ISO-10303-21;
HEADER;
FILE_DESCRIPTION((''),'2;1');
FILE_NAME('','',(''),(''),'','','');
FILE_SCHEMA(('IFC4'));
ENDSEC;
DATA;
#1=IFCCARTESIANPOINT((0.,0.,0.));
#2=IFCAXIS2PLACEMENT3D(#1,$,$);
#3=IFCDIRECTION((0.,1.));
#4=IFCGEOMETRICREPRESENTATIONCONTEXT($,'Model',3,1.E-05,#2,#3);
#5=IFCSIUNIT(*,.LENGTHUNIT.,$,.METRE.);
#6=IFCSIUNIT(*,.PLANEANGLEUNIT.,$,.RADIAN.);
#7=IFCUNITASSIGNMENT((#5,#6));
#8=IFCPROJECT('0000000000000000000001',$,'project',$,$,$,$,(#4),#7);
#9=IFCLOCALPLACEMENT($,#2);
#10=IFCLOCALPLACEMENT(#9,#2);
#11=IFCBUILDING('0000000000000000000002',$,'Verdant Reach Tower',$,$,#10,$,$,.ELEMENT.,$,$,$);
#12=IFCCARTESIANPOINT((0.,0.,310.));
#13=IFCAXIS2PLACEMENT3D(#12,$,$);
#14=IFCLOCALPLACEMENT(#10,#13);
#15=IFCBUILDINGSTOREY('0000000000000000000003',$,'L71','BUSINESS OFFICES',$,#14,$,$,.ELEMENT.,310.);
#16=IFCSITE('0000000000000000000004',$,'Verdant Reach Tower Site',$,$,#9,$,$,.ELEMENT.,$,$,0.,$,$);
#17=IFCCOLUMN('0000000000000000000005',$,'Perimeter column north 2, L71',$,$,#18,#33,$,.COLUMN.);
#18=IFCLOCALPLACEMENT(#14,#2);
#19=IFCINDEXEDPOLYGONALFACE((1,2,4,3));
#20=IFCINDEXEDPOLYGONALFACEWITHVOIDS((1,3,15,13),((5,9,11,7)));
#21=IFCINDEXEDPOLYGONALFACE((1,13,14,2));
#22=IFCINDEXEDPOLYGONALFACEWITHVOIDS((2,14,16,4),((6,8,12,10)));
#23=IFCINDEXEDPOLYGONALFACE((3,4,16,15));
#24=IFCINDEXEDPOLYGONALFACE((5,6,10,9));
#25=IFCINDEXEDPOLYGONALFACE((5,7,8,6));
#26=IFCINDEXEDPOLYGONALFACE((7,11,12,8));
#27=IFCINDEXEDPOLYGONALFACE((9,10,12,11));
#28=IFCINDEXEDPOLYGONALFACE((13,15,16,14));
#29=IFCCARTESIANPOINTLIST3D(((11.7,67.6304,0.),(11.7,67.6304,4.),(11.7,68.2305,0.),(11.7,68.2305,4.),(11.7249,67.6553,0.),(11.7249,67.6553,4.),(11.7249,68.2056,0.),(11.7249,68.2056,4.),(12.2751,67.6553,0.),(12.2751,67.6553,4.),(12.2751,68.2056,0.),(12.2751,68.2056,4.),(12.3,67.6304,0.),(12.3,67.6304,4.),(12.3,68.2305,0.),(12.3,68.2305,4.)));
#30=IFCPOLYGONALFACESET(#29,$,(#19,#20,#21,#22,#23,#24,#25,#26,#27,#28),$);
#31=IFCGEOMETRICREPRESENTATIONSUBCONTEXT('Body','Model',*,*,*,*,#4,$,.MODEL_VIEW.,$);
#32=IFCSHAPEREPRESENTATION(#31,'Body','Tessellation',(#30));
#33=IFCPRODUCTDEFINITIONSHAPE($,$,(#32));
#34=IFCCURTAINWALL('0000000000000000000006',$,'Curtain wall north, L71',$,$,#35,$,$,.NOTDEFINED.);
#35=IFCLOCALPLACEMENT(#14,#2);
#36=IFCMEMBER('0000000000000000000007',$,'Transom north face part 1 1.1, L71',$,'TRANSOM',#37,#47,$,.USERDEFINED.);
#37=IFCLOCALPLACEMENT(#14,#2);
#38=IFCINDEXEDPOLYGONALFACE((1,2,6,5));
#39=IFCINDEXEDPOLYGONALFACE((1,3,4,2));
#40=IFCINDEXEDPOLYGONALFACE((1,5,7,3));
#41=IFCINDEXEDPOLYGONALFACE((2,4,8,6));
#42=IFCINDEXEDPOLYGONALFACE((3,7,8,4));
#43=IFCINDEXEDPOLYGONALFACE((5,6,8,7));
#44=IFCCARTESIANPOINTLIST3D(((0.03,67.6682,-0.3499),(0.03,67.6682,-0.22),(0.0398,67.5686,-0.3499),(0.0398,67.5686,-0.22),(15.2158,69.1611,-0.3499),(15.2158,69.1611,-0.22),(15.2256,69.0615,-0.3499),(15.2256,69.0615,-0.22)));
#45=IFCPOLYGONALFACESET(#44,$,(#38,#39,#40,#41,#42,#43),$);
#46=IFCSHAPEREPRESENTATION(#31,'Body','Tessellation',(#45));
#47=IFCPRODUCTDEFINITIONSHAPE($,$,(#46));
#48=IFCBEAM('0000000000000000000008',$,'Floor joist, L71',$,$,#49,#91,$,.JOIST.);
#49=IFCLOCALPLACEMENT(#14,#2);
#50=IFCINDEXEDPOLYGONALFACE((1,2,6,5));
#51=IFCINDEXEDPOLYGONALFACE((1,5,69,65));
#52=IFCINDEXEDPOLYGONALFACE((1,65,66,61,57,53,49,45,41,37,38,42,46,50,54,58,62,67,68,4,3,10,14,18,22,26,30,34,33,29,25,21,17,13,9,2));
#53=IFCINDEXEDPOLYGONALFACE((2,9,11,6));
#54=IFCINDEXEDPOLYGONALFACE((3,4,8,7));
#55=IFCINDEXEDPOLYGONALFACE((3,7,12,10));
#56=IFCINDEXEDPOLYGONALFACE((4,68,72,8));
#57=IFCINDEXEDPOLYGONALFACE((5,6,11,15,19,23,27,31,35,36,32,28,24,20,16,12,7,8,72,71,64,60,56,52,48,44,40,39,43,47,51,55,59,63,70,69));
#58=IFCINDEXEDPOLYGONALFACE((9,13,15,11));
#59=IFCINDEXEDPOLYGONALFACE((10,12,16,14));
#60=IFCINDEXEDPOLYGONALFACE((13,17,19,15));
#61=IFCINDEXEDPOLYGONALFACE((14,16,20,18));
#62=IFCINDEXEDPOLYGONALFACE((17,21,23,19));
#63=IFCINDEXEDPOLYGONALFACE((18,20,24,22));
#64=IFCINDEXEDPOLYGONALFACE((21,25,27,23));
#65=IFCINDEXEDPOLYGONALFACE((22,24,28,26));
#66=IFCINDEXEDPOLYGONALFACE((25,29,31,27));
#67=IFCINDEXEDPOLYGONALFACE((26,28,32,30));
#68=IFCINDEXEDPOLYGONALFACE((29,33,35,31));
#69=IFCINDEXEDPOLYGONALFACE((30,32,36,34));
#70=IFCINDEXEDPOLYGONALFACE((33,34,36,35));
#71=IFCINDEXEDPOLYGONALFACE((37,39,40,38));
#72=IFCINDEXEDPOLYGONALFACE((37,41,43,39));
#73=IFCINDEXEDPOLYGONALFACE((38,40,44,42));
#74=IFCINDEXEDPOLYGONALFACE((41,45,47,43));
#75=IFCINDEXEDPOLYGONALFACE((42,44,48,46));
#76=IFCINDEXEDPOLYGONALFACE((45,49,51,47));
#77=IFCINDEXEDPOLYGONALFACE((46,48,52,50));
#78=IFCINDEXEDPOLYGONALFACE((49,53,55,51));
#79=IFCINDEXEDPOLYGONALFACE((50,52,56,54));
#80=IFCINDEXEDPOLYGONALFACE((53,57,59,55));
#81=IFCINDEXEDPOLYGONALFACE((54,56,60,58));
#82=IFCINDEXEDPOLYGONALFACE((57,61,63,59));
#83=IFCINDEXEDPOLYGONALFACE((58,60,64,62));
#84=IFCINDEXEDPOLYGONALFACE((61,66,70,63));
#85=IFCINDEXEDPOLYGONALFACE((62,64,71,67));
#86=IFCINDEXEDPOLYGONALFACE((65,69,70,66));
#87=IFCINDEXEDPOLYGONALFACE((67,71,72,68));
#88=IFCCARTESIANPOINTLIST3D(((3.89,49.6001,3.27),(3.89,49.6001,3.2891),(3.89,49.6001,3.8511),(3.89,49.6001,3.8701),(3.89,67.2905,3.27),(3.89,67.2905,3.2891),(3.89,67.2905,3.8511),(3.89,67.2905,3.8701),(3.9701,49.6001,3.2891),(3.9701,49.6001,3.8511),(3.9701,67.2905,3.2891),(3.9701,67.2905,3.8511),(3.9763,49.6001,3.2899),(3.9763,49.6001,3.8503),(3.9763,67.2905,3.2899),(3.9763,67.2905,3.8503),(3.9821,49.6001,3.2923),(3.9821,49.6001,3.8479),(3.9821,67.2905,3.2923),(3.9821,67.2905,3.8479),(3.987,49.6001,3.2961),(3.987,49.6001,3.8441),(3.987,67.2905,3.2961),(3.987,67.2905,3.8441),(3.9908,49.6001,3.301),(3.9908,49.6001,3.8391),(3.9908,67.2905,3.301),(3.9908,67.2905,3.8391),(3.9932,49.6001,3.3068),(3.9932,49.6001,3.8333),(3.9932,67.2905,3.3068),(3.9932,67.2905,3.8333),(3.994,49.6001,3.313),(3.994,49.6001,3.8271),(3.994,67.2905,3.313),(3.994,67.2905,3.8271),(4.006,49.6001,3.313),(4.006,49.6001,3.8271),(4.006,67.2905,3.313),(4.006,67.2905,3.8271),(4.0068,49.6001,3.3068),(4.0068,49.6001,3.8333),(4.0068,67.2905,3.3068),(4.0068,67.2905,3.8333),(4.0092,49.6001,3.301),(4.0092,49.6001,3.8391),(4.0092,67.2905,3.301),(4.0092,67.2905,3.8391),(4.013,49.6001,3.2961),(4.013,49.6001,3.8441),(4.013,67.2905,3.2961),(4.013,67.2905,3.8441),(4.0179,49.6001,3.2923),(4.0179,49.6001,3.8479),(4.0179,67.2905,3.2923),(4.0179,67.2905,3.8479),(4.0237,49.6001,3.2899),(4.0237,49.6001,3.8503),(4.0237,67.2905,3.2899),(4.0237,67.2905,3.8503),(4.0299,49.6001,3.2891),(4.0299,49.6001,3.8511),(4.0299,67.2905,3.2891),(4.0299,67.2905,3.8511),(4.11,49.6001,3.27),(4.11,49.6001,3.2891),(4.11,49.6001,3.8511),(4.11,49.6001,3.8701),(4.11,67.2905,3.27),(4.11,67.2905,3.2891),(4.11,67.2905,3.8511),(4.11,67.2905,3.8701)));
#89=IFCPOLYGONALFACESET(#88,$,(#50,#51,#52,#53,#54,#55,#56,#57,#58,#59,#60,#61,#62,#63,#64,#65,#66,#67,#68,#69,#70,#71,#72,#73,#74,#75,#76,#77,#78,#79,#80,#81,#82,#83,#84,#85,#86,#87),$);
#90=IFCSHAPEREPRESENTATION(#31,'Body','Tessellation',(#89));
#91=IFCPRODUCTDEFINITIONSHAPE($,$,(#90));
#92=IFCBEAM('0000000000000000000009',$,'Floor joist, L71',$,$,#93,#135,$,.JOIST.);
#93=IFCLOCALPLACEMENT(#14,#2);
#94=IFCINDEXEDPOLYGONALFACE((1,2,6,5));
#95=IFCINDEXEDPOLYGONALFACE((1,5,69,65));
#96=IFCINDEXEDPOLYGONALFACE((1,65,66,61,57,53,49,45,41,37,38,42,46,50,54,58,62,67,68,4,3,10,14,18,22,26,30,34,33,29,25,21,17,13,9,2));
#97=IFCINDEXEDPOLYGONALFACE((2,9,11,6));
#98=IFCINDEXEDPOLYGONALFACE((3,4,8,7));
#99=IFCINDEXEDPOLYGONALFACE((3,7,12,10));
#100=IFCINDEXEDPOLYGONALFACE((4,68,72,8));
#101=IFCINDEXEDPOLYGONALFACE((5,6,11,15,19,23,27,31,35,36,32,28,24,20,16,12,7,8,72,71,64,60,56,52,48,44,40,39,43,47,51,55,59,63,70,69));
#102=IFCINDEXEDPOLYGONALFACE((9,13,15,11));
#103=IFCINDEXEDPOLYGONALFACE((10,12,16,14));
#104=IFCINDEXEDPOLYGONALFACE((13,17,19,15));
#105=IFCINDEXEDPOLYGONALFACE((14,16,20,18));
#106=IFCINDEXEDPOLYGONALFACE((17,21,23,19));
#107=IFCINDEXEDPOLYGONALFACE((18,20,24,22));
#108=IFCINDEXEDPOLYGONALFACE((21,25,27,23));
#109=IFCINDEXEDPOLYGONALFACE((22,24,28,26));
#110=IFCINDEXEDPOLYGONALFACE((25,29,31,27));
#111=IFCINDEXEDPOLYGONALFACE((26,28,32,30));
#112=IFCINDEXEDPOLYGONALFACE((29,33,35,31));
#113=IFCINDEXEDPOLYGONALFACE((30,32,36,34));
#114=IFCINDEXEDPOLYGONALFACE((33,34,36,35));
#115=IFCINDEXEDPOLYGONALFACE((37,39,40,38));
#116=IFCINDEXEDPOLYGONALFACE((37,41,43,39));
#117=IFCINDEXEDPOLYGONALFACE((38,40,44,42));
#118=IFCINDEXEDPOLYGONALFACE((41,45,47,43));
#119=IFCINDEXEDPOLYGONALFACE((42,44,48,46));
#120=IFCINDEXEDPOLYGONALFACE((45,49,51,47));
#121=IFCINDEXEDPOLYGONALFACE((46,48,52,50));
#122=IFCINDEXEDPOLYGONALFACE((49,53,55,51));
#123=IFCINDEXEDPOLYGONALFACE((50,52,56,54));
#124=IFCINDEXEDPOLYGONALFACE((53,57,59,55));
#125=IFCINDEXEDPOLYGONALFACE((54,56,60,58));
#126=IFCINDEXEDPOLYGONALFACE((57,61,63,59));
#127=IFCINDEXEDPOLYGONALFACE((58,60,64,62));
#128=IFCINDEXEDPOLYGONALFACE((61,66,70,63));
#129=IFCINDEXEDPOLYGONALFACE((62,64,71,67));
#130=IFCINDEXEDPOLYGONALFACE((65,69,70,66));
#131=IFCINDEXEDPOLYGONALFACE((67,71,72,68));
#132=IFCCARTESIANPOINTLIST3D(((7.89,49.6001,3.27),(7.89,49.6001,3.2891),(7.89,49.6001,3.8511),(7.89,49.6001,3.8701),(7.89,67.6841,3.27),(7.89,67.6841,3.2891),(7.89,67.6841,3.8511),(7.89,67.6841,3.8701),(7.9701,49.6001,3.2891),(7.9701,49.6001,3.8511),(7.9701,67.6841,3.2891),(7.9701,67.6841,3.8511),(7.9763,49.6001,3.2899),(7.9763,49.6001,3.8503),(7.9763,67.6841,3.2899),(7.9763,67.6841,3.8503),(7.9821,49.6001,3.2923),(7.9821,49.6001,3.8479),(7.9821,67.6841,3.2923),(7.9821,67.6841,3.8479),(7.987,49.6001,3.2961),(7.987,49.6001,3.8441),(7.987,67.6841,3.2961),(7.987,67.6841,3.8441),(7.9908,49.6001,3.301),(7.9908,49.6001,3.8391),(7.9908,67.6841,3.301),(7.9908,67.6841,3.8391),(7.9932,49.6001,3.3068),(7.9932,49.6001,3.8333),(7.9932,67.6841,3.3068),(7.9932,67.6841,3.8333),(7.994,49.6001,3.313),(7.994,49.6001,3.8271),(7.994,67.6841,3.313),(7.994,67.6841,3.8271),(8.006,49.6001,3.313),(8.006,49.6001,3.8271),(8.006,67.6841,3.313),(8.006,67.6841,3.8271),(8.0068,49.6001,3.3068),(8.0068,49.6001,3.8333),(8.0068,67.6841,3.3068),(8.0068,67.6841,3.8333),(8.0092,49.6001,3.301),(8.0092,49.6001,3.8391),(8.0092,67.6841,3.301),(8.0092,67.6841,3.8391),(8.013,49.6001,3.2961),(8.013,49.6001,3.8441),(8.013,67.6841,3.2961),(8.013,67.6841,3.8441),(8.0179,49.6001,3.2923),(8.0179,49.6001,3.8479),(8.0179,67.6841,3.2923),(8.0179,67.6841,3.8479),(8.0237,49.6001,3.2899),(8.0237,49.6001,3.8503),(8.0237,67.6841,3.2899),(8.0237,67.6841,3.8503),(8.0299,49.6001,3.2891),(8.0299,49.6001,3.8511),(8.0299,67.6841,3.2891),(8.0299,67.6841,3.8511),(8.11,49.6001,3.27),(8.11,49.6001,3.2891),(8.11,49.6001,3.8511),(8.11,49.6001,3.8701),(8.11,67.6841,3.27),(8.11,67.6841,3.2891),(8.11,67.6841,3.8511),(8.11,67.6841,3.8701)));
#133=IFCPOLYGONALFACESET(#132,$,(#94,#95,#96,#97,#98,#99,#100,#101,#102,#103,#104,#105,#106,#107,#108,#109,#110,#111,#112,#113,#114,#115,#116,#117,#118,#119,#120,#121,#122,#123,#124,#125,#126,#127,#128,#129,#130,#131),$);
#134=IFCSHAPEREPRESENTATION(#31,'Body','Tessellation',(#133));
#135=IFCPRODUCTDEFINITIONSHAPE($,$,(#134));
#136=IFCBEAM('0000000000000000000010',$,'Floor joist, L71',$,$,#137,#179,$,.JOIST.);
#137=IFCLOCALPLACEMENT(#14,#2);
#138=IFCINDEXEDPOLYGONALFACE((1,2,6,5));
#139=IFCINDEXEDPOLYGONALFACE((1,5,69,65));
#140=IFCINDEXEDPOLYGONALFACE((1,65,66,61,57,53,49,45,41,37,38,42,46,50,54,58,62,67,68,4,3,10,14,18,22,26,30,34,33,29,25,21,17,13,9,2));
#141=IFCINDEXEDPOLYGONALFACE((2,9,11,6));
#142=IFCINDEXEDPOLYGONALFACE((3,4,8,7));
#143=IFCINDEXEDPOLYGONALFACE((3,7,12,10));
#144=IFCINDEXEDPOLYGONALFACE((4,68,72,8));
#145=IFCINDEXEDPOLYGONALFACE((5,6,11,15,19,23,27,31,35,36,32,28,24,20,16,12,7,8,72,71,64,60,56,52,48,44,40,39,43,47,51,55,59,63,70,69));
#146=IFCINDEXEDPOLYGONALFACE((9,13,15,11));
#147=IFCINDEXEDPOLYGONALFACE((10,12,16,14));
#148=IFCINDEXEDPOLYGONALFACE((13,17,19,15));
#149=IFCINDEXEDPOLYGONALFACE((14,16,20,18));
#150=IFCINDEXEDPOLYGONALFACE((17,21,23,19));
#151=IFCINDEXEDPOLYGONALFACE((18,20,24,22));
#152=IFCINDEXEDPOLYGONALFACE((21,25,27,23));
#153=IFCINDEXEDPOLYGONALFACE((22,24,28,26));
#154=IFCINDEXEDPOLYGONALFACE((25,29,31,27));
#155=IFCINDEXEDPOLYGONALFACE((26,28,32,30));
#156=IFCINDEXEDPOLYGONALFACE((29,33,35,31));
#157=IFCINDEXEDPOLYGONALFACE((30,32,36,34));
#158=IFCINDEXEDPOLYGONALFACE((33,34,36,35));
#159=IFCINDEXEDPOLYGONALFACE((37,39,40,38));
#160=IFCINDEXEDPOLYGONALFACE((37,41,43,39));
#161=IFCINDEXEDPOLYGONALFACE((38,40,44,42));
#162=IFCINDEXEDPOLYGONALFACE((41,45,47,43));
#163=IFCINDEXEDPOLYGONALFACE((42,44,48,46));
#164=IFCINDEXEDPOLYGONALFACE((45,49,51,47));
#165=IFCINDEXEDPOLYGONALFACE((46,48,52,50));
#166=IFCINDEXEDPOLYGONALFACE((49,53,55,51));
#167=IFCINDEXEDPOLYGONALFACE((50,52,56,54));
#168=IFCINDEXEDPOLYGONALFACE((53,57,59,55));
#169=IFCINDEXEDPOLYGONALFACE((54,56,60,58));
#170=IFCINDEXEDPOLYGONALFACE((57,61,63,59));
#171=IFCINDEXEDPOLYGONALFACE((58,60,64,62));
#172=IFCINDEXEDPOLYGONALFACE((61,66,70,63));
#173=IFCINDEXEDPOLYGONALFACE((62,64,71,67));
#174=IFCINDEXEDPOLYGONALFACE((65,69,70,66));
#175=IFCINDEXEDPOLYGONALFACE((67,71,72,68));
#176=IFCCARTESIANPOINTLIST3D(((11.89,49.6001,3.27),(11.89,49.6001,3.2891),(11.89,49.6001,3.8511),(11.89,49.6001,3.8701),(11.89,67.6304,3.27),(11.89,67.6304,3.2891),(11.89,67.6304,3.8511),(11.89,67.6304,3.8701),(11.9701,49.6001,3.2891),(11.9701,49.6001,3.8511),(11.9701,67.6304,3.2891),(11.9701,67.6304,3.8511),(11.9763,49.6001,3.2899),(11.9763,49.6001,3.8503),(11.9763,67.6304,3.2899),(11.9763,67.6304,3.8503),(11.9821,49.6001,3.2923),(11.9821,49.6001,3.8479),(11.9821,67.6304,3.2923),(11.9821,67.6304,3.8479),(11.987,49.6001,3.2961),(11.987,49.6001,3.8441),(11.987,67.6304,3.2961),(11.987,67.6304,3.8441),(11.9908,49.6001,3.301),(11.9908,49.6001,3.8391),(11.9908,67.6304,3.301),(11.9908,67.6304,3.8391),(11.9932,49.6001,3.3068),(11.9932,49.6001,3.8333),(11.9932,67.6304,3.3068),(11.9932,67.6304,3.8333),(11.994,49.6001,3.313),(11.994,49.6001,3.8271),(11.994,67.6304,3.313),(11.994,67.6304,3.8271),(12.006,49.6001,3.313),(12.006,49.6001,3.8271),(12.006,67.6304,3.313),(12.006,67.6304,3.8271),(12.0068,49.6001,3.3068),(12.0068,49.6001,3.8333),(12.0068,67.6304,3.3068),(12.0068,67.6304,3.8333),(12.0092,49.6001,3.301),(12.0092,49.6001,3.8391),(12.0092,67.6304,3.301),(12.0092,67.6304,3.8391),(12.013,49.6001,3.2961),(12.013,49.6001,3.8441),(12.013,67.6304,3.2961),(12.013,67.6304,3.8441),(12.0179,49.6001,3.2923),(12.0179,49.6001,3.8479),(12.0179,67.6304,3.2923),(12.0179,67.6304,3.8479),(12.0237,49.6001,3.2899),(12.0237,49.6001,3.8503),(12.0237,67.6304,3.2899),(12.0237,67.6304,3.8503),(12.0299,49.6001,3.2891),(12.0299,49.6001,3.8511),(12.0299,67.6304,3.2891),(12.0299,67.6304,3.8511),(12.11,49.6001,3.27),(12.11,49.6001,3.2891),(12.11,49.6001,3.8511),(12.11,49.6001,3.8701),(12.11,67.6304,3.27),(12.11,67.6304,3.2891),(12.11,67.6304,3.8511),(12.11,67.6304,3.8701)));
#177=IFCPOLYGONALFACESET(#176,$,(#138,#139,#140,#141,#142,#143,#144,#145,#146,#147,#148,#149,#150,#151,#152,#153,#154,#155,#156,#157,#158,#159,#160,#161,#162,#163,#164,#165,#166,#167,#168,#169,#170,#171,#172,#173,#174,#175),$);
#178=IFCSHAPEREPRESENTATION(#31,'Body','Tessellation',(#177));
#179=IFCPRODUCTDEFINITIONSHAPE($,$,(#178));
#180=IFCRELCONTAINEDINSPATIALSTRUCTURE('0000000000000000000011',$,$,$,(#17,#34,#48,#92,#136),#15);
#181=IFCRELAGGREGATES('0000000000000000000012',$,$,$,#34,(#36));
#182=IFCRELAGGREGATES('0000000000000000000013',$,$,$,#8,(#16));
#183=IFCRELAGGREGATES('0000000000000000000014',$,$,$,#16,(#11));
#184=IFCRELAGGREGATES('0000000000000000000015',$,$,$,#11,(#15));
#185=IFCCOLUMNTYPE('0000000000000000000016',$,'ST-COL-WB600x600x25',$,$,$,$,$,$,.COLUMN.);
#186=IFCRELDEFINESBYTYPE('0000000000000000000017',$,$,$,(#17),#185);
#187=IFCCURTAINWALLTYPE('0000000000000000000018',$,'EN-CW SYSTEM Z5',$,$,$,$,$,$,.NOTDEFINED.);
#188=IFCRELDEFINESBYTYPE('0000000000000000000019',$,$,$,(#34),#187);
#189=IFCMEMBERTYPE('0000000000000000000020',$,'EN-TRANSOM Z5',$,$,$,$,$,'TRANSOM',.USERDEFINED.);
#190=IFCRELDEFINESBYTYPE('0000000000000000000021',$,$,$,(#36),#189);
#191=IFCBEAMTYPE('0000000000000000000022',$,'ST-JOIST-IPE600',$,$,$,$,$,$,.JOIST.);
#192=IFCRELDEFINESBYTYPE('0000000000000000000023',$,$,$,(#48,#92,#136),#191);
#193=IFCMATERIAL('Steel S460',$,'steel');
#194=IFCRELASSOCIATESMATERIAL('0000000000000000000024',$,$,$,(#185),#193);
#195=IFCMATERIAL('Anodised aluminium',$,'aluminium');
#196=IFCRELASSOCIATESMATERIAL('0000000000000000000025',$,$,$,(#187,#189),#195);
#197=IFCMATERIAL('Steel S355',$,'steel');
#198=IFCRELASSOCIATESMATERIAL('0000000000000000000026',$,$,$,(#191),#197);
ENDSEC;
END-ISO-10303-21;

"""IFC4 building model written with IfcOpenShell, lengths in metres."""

from ifc_helpers import new_model, si_unit, direction, frame, origin, origin_2d, place, context, subcontext, project, spatial, rectangle, hollow_rectangle, i_section, extrude, material, material_profile, profile_set, type_object, element, aggregate, save


model = new_model("IFC4")

# Units and contexts
model_context = context("Model", 3, precision=1e-05, world=origin(), true_north=direction((0.0, 1.0)))
body_context = subcontext(model_context, "Body", "Model", "MODEL_VIEW")
ifc_project = project(units=[si_unit("LENGTHUNIT", "METRE"), si_unit("PLANEANGLEUNIT", "RADIAN")], contexts=[model_context])

# Site, building, storey
site_placement = place(None, origin())
site = spatial("IfcSite", under=ifc_project, at=site_placement, Name="Verdant Reach Tower Site", CompositionType="ELEMENT", RefElevation=0.0)
building_placement = place(site_placement, origin())
building = spatial("IfcBuilding", under=site, at=building_placement, Name="Verdant Reach Tower", CompositionType="ELEMENT")
storey_placement = place(building_placement, frame((0.0, 0.0, 310.0)))
storey = spatial("IfcBuildingStorey", under=building, at=storey_placement, Name="L71", Description="BUSINESS OFFICES", CompositionType="ELEMENT", Elevation=310.0)

# Column
ifc_material_1 = material(Name="Steel S460", Category="steel")
ifc_material_profile_1 = material_profile(ifc_material_1, hollow_rectangle(XDim=0.6001, YDim=0.6001, WallThickness=0.0249, at=origin_2d()), Name="WB 600x600x25")
ifc_profile_set_1 = profile_set([ifc_material_profile_1], Name="Steel S460")
column_type = type_object("IfcColumnType", Name="ST-COL-WB600x600x25", PredefinedType="COLUMN", material=ifc_profile_set_1)
column_placement = place(storey_placement, frame((12.0, 67.9304, 0.0), z_axis=(0.0, 0.0, 1.0), x_axis=(1.0, 0.0, 0.0)))
element("IfcColumn", 1, at=column_placement, inside=storey, type_object=column_type, Name="Perimeter column north 2, L71", PredefinedType="COLUMN", context=body_context, shape_type="SweptSolid", body=[
    extrude(hollow_rectangle(XDim=0.6001, YDim=0.6001, WallThickness=0.0249, at=origin_2d()), origin(), (0.0, 0.0, 1.0), 4.0),
])

# Curtain wall, member
ifc_material_2 = material(Name="Anodised aluminium", Category="aluminium")
curtain_wall_type = type_object("IfcCurtainWallType", Name="EN-CW SYSTEM Z5", PredefinedType="NOTDEFINED", material=ifc_material_2)
curtain_wall_placement = place(storey_placement, origin())
curtain_wall = element("IfcCurtainWall", 2, at=curtain_wall_placement, inside=storey, type_object=curtain_wall_type, Name="Curtain wall north, L71", PredefinedType="NOTDEFINED")
ifc_material_profile_2 = material_profile(ifc_material_2, rectangle(XDim=0.1001, YDim=0.1299, at=origin_2d()), Name="Transom 130x100")
ifc_profile_set_2 = profile_set([ifc_material_profile_2], Name="Anodised aluminium")
member_type = type_object("IfcMemberType", Name="EN-TRANSOM Z5", ElementType="TRANSOM", PredefinedType="USERDEFINED", material=ifc_profile_set_2)
member_placement = place(storey_placement, frame((15.2207, 69.1113, -0.2849), z_axis=(-0.995202, -0.097839, 0.0), x_axis=(0.097839, -0.995202, 0.0)))
member = element("IfcMember", 3, at=member_placement, type_object=member_type, Name="Transom north face part 1 1.1, L71", ObjectType="TRANSOM", PredefinedType="USERDEFINED", context=body_context, shape_type="SweptSolid", body=[
    extrude(rectangle(XDim=0.1001, YDim=0.1299, at=origin_2d()), origin(), (0.0, 0.0, 1.0), 15.259),
])

# Beams
ifc_material_3 = material(Name="Steel S355", Category="steel")
ifc_material_profile_3 = material_profile(ifc_material_3, i_section(OverallWidth=0.22, OverallDepth=0.6001, WebThickness=0.012, FlangeThickness=0.019, FilletRadius=0.0239, at=origin_2d()), Name="IPE 600")
ifc_profile_set_3 = profile_set([ifc_material_profile_3], Name="Steel S355")
beam_type_1 = type_object("IfcBeamType", Name="ST-JOIST-IPE600", PredefinedType="JOIST", material=ifc_profile_set_3)
beam_1_placement = place(storey_placement, frame((4.0, 49.6001, 3.5701), z_axis=(0.0, 1.0, 0.0), x_axis=(-1.0, 0.0, 0.0)))
element("IfcBeam", 4, at=beam_1_placement, inside=storey, type_object=beam_type_1, Name="Floor joist, L71", PredefinedType="JOIST", context=body_context, shape_type="SweptSolid", body=[
    extrude(i_section(OverallWidth=0.22, OverallDepth=0.6001, WebThickness=0.012, FlangeThickness=0.019, FilletRadius=0.0239, at=origin_2d()), origin(), (0.0, 0.0, 1.0), 17.6904),
])
beam_2_placement = place(storey_placement, frame((8.0, 49.6001, 3.5701), z_axis=(0.0, 1.0, 0.0), x_axis=(-1.0, 0.0, 0.0)))
element("IfcBeam", 5, at=beam_2_placement, inside=storey, type_object=beam_type_1, Name="Floor joist, L71", PredefinedType="JOIST", context=body_context, shape_type="SweptSolid", body=[
    extrude(i_section(OverallWidth=0.22, OverallDepth=0.6001, WebThickness=0.012, FlangeThickness=0.019, FilletRadius=0.0239, at=origin_2d()), origin(), (0.0, 0.0, 1.0), 18.084),
])
beam_3_placement = place(storey_placement, frame((12.0, 49.6001, 3.5701), z_axis=(0.0, 1.0, 0.0), x_axis=(-1.0, 0.0, 0.0)))
element("IfcBeam", 6, at=beam_3_placement, inside=storey, type_object=beam_type_1, Name="Floor joist, L71", PredefinedType="JOIST", context=body_context, shape_type="SweptSolid", body=[
    extrude(i_section(OverallWidth=0.22, OverallDepth=0.6001, WebThickness=0.012, FlangeThickness=0.019, FilletRadius=0.0239, at=origin_2d()), origin(), (0.0, 0.0, 1.0), 18.0303),
])

aggregate(curtain_wall, [member])

save(model, "model.ifc")
